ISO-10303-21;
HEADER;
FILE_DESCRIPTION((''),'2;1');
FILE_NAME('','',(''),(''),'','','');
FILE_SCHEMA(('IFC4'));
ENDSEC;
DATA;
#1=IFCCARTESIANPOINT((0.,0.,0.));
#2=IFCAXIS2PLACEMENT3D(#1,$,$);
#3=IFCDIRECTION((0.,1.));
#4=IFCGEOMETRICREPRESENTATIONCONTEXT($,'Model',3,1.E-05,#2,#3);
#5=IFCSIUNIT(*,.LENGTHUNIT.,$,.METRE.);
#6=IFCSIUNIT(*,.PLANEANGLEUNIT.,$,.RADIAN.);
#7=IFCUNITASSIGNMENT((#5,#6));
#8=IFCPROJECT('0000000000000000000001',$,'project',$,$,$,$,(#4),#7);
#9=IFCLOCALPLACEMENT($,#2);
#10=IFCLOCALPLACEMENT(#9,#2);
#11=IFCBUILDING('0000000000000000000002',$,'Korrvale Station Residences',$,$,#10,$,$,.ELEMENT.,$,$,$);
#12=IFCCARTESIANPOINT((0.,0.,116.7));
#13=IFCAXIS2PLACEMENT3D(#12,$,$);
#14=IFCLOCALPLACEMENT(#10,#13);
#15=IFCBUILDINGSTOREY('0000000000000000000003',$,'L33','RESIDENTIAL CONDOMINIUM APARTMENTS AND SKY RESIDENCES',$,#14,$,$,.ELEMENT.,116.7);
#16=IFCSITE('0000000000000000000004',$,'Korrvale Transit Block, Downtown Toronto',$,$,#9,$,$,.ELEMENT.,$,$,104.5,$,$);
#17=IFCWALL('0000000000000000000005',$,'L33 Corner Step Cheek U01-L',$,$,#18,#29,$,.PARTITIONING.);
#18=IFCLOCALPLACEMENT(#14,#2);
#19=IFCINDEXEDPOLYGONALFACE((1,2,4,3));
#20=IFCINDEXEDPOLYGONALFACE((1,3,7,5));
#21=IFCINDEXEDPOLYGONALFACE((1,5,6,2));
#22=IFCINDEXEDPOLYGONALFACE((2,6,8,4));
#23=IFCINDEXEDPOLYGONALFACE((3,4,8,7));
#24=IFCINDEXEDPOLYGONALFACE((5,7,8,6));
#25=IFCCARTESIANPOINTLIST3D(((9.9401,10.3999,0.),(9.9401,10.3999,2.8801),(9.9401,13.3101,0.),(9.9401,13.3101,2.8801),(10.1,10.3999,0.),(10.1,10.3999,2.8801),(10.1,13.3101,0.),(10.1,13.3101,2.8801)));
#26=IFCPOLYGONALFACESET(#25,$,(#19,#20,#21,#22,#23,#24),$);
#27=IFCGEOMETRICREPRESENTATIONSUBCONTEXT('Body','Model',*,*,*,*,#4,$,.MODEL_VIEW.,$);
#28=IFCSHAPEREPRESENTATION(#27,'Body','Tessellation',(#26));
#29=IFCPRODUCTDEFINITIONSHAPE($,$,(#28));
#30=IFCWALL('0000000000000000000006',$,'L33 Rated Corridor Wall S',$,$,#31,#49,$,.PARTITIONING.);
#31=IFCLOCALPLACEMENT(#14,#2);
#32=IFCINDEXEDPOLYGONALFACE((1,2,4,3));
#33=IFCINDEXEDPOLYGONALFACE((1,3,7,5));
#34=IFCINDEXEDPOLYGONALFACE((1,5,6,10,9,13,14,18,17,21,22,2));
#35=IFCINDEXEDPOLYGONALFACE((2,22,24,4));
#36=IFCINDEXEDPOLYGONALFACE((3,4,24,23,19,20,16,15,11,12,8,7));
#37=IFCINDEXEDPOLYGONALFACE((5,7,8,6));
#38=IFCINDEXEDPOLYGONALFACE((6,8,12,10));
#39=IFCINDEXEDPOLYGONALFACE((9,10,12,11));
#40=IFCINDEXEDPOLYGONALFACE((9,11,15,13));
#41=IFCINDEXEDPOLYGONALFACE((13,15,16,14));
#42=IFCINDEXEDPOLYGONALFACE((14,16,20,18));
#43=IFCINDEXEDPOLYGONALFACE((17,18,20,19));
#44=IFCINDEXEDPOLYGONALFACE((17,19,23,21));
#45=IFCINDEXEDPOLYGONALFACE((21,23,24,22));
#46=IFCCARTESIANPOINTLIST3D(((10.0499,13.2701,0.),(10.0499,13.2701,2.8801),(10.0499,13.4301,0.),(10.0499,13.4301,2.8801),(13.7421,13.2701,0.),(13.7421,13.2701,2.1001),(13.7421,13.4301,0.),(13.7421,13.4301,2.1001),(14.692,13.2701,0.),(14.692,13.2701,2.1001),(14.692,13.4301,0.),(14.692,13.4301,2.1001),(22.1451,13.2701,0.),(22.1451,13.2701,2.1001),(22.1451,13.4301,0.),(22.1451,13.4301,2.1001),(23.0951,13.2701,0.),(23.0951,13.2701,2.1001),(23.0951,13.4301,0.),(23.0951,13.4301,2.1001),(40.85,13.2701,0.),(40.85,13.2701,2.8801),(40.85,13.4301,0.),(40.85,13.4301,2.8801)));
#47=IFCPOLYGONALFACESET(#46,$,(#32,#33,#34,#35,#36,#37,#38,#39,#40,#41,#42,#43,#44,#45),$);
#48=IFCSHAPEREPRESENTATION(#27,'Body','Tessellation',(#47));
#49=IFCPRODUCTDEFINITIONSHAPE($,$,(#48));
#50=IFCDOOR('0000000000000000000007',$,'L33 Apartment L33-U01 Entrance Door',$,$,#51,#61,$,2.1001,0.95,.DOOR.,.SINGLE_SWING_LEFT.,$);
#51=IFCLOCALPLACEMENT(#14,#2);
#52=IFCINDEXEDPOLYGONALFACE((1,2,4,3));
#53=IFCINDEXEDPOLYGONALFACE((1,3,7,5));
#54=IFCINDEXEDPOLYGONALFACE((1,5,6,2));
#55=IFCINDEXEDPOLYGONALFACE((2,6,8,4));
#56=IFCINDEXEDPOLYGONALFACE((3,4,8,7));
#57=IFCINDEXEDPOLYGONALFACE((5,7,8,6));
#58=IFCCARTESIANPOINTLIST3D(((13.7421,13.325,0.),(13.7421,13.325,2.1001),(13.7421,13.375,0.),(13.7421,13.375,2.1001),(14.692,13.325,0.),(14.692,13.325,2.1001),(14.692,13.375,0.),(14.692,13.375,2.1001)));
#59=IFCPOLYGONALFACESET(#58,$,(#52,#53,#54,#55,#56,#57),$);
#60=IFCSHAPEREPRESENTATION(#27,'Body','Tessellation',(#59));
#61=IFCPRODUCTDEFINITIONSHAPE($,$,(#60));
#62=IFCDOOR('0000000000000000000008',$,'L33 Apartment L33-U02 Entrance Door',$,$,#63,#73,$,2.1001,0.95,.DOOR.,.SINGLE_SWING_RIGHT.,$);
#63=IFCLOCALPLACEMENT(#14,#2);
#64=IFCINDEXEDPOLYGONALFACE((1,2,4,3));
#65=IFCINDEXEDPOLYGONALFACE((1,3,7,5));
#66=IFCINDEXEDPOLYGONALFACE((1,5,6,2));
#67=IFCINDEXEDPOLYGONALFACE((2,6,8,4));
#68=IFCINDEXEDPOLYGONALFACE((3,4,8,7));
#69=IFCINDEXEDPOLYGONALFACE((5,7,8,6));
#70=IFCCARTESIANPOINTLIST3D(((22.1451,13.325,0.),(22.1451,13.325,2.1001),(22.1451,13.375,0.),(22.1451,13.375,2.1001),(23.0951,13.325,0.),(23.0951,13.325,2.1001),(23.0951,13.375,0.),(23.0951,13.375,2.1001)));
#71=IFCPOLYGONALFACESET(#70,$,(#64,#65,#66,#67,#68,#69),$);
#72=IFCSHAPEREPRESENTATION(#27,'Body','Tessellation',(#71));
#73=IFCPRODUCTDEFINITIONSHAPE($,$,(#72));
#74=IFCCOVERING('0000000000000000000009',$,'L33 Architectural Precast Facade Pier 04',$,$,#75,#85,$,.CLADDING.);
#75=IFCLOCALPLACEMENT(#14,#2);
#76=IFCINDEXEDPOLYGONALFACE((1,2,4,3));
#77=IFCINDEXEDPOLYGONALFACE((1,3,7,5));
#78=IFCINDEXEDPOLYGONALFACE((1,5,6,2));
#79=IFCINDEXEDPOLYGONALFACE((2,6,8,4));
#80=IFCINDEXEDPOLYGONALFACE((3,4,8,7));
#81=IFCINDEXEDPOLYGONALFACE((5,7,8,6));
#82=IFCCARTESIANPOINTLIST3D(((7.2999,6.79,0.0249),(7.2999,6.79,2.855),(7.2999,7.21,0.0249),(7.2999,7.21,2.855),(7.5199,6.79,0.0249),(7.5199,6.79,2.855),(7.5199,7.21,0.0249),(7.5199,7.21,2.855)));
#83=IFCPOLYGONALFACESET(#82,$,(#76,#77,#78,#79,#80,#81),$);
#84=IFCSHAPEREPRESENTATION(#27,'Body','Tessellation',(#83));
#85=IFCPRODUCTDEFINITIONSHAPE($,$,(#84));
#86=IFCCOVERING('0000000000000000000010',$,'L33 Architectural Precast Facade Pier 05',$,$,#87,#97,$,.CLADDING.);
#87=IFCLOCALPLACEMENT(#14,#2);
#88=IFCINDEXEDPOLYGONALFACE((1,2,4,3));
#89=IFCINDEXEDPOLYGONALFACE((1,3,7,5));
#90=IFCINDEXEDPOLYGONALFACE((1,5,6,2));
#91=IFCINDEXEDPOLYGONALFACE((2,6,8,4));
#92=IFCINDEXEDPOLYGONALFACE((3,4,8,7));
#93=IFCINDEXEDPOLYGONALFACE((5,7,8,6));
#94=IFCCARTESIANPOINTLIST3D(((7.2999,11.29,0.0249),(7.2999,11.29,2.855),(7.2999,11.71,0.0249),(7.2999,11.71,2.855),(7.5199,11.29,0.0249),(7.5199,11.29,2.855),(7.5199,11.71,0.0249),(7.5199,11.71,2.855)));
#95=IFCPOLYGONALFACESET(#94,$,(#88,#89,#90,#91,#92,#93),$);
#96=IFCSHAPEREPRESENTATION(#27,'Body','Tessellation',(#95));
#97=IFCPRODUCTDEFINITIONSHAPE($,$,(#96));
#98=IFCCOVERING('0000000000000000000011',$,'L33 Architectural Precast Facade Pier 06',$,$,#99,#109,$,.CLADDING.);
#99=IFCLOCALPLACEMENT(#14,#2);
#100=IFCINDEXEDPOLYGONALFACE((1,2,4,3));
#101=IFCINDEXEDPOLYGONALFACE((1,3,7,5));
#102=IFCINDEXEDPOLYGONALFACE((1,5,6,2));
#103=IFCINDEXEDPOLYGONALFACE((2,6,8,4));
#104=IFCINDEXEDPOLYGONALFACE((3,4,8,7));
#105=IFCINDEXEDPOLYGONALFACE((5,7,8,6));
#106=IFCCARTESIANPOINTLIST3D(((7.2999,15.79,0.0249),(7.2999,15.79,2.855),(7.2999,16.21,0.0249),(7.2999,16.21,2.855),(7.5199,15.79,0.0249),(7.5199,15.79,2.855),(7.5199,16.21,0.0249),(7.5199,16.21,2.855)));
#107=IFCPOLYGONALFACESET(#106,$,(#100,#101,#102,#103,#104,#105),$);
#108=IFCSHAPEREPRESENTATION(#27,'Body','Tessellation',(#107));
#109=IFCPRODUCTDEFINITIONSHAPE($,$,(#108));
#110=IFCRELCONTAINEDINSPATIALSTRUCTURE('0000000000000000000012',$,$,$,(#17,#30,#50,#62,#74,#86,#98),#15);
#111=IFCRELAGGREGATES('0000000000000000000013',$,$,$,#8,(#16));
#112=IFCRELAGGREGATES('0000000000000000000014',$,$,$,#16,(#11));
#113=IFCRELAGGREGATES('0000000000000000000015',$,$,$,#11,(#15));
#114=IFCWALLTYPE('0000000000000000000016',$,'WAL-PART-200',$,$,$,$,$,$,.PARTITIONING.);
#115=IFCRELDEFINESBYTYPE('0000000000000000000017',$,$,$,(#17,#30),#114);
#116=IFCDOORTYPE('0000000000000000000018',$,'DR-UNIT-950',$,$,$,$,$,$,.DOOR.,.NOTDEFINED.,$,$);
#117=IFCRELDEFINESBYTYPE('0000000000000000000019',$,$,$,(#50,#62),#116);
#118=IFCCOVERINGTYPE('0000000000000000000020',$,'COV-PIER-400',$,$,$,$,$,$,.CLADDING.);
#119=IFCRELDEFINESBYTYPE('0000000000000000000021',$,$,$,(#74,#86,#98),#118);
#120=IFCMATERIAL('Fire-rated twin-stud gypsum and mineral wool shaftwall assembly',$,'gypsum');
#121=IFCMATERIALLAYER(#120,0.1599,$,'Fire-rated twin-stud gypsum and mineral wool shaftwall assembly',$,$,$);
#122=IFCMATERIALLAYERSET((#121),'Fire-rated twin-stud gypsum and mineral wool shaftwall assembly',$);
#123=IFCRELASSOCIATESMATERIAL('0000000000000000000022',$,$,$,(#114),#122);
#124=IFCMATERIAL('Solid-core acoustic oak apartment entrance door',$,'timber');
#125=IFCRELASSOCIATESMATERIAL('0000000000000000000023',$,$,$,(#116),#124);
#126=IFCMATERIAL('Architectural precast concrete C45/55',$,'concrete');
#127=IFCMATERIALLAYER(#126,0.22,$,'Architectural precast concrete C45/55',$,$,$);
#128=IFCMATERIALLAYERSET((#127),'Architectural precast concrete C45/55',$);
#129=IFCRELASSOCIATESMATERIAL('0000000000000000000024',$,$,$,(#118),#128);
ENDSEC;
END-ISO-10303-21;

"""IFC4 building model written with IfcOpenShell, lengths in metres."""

from ifc_helpers import new_model, si_unit, direction, frame, frame_2d, origin, origin_2d, place, context, subcontext, project, spatial, rectangle, extrude, material, layer, layer_set, type_object, element, fill, save


model = new_model("IFC4")

# Units and contexts
model_context = context("Model", 3, precision=1e-05, world=origin(), true_north=direction((0.0, 1.0)))
body_context = subcontext(model_context, "Body", "Model", "MODEL_VIEW")
ifc_project = project(units=[si_unit("LENGTHUNIT", "METRE"), si_unit("PLANEANGLEUNIT", "RADIAN")], contexts=[model_context])

# Site, building, storey
site_placement = place(None, origin())
site = spatial("IfcSite", under=ifc_project, at=site_placement, Name="Korrvale Transit Block, Downtown Toronto", CompositionType="ELEMENT", RefElevation=104.5)
building_placement = place(site_placement, origin())
building = spatial("IfcBuilding", under=site, at=building_placement, Name="Korrvale Station Residences", CompositionType="ELEMENT")
storey_placement = place(building_placement, frame((0.0, 0.0, 116.7)))
storey = spatial("IfcBuildingStorey", under=building, at=storey_placement, Name="L33", Description="RESIDENTIAL CONDOMINIUM APARTMENTS AND SKY RESIDENCES", CompositionType="ELEMENT", Elevation=116.7)

# Wall
ifc_material_1 = material(Name="Fire-rated twin-stud gypsum and mineral wool shaftwall assembly", Category="gypsum")
ifc_layer_1 = layer(ifc_material_1, 0.1599, Name="Fire-rated twin-stud gypsum and mineral wool shaftwall assembly")
ifc_layer_set_1 = layer_set([ifc_layer_1], Name="Fire-rated twin-stud gypsum and mineral wool shaftwall assembly")
wall_type_1 = type_object("IfcWallType", Name="WAL-PART-200", PredefinedType="PARTITIONING", material=ifc_layer_set_1)
wall_1_placement = place(storey_placement, frame((10.02, 10.3999, 0.0), z_axis=(0.0, 0.0, 1.0), x_axis=(0.0, 1.0, 0.0)))
element("IfcWall", 1, at=wall_1_placement, inside=storey, type_object=wall_type_1, Name="L33 Corner Step Cheek U01-L", PredefinedType="PARTITIONING", context=body_context, shape_type="SweptSolid", body=[
    extrude(rectangle(XDim=2.9102, YDim=0.1599, at=frame_2d((1.4551, 0.0))), origin(), (0.0, 0.0, 1.0), 2.8801),
])

# Wall, openings, doors
wall_2_placement = place(storey_placement, frame((10.05, 13.3501, 0.0), z_axis=(0.0, 0.0, 1.0), x_axis=(1.0, 0.0, 0.0)))
wall_2 = element("IfcWall", 2, at=wall_2_placement, inside=storey, type_object=wall_type_1, Name="L33 Rated Corridor Wall S", PredefinedType="PARTITIONING", context=body_context, shape_type="SweptSolid", body=[
    extrude(rectangle(XDim=30.8, YDim=0.1599, at=frame_2d((15.3999, 0.0))), origin(), (0.0, 0.0, 1.0), 2.8801),
])
opening_1_placement = place(wall_2_placement, frame((3.6919, 0.0, 0.0)))
opening_1 = element("IfcOpeningElement", 3, at=opening_1_placement, cuts=wall_2, PredefinedType="OPENING", context=body_context, shape_type="SweptSolid", body=[
    extrude(rectangle(XDim=0.95, YDim=2.1001, at=frame_2d((0.4751, 1.05))), frame((0.0, 0.0898, 0.0), z_axis=(0.0, -1.0, 0.0), x_axis=(1.0, 0.0, 0.0)), (0.0, 0.0, 1.0), 0.1799),
])
opening_2_placement = place(wall_2_placement, frame((12.095, 0.0, 0.0)))
opening_2 = element("IfcOpeningElement", 4, at=opening_2_placement, cuts=wall_2, PredefinedType="OPENING", context=body_context, shape_type="SweptSolid", body=[
    extrude(rectangle(XDim=0.95, YDim=2.1001, at=frame_2d((0.4751, 1.05))), frame((0.0, 0.0898, 0.0), z_axis=(0.0, -1.0, 0.0), x_axis=(1.0, 0.0, 0.0)), (0.0, 0.0, 1.0), 0.1799),
])
ifc_material_2 = material(Name="Solid-core acoustic oak apartment entrance door", Category="timber")
door_type_1 = type_object("IfcDoorType", Name="DR-UNIT-950", OperationType="NOTDEFINED", PredefinedType="DOOR", material=ifc_material_2)
door_1_placement = place(opening_1_placement, origin())
door_1 = element("IfcDoor", 5, at=door_1_placement, inside=storey, type_object=door_type_1, Name="L33 Apartment L33-U01 Entrance Door", OperationType="SINGLE_SWING_LEFT", OverallHeight=2.1001, OverallWidth=0.95, PredefinedType="DOOR", context=body_context, shape_type="SweptSolid", body=[
    extrude(rectangle(XDim=0.95, YDim=2.1001, at=frame_2d((0.4751, 1.05))), frame((0.0, 0.0249, 0.0), z_axis=(0.0, -1.0, 0.0), x_axis=(1.0, 0.0, 0.0)), (0.0, 0.0, 1.0), 0.05),
])
fill(opening_1, door_1)
door_2_placement = place(opening_2_placement, origin())
door_2 = element("IfcDoor", 6, at=door_2_placement, inside=storey, type_object=door_type_1, Name="L33 Apartment L33-U02 Entrance Door", OperationType="SINGLE_SWING_RIGHT", OverallHeight=2.1001, OverallWidth=0.95, PredefinedType="DOOR", context=body_context, shape_type="SweptSolid", body=[
    extrude(rectangle(XDim=0.95, YDim=2.1001, at=frame_2d((0.4751, 1.05))), frame((0.0, 0.0249, 0.0), z_axis=(0.0, -1.0, 0.0), x_axis=(1.0, 0.0, 0.0)), (0.0, 0.0, 1.0), 0.05),
])
fill(opening_2, door_2)

# Coverings
ifc_material_3 = material(Name="Architectural precast concrete C45/55", Category="concrete")
ifc_layer_2 = layer(ifc_material_3, 0.22, Name="Architectural precast concrete C45/55")
ifc_layer_set_2 = layer_set([ifc_layer_2], Name="Architectural precast concrete C45/55")
covering_type = type_object("IfcCoveringType", Name="COV-PIER-400", PredefinedType="CLADDING", material=ifc_layer_set_2)
for number, where, z_axis, x_axis, name in (
    (7, (7.4099, 7.0, 0.0249), (0.0, 0.0, 1.0), (0.0, 1.0, 0.0), "L33 Architectural Precast Facade Pier 04"),
    (8, (7.4099, 11.5, 0.0249), (0.0, 0.0, 1.0), (0.0, 1.0, 0.0), "L33 Architectural Precast Facade Pier 05"),
    (9, (7.4099, 16.0, 0.0249), (0.0, 0.0, 1.0), (0.0, 1.0, 0.0), "L33 Architectural Precast Facade Pier 06"),
):
    element("IfcCovering", number, at=place(storey_placement, frame(where, z_axis=z_axis, x_axis=x_axis)), inside=storey, type_object=covering_type, Name=name, PredefinedType="CLADDING", context=body_context, shape_type="SweptSolid", body=[
        extrude(rectangle(XDim=0.4199, YDim=0.22, at=origin_2d()), origin(), (0.0, 0.0, 1.0), 2.8301),
    ])

save(model, "model.ifc")
